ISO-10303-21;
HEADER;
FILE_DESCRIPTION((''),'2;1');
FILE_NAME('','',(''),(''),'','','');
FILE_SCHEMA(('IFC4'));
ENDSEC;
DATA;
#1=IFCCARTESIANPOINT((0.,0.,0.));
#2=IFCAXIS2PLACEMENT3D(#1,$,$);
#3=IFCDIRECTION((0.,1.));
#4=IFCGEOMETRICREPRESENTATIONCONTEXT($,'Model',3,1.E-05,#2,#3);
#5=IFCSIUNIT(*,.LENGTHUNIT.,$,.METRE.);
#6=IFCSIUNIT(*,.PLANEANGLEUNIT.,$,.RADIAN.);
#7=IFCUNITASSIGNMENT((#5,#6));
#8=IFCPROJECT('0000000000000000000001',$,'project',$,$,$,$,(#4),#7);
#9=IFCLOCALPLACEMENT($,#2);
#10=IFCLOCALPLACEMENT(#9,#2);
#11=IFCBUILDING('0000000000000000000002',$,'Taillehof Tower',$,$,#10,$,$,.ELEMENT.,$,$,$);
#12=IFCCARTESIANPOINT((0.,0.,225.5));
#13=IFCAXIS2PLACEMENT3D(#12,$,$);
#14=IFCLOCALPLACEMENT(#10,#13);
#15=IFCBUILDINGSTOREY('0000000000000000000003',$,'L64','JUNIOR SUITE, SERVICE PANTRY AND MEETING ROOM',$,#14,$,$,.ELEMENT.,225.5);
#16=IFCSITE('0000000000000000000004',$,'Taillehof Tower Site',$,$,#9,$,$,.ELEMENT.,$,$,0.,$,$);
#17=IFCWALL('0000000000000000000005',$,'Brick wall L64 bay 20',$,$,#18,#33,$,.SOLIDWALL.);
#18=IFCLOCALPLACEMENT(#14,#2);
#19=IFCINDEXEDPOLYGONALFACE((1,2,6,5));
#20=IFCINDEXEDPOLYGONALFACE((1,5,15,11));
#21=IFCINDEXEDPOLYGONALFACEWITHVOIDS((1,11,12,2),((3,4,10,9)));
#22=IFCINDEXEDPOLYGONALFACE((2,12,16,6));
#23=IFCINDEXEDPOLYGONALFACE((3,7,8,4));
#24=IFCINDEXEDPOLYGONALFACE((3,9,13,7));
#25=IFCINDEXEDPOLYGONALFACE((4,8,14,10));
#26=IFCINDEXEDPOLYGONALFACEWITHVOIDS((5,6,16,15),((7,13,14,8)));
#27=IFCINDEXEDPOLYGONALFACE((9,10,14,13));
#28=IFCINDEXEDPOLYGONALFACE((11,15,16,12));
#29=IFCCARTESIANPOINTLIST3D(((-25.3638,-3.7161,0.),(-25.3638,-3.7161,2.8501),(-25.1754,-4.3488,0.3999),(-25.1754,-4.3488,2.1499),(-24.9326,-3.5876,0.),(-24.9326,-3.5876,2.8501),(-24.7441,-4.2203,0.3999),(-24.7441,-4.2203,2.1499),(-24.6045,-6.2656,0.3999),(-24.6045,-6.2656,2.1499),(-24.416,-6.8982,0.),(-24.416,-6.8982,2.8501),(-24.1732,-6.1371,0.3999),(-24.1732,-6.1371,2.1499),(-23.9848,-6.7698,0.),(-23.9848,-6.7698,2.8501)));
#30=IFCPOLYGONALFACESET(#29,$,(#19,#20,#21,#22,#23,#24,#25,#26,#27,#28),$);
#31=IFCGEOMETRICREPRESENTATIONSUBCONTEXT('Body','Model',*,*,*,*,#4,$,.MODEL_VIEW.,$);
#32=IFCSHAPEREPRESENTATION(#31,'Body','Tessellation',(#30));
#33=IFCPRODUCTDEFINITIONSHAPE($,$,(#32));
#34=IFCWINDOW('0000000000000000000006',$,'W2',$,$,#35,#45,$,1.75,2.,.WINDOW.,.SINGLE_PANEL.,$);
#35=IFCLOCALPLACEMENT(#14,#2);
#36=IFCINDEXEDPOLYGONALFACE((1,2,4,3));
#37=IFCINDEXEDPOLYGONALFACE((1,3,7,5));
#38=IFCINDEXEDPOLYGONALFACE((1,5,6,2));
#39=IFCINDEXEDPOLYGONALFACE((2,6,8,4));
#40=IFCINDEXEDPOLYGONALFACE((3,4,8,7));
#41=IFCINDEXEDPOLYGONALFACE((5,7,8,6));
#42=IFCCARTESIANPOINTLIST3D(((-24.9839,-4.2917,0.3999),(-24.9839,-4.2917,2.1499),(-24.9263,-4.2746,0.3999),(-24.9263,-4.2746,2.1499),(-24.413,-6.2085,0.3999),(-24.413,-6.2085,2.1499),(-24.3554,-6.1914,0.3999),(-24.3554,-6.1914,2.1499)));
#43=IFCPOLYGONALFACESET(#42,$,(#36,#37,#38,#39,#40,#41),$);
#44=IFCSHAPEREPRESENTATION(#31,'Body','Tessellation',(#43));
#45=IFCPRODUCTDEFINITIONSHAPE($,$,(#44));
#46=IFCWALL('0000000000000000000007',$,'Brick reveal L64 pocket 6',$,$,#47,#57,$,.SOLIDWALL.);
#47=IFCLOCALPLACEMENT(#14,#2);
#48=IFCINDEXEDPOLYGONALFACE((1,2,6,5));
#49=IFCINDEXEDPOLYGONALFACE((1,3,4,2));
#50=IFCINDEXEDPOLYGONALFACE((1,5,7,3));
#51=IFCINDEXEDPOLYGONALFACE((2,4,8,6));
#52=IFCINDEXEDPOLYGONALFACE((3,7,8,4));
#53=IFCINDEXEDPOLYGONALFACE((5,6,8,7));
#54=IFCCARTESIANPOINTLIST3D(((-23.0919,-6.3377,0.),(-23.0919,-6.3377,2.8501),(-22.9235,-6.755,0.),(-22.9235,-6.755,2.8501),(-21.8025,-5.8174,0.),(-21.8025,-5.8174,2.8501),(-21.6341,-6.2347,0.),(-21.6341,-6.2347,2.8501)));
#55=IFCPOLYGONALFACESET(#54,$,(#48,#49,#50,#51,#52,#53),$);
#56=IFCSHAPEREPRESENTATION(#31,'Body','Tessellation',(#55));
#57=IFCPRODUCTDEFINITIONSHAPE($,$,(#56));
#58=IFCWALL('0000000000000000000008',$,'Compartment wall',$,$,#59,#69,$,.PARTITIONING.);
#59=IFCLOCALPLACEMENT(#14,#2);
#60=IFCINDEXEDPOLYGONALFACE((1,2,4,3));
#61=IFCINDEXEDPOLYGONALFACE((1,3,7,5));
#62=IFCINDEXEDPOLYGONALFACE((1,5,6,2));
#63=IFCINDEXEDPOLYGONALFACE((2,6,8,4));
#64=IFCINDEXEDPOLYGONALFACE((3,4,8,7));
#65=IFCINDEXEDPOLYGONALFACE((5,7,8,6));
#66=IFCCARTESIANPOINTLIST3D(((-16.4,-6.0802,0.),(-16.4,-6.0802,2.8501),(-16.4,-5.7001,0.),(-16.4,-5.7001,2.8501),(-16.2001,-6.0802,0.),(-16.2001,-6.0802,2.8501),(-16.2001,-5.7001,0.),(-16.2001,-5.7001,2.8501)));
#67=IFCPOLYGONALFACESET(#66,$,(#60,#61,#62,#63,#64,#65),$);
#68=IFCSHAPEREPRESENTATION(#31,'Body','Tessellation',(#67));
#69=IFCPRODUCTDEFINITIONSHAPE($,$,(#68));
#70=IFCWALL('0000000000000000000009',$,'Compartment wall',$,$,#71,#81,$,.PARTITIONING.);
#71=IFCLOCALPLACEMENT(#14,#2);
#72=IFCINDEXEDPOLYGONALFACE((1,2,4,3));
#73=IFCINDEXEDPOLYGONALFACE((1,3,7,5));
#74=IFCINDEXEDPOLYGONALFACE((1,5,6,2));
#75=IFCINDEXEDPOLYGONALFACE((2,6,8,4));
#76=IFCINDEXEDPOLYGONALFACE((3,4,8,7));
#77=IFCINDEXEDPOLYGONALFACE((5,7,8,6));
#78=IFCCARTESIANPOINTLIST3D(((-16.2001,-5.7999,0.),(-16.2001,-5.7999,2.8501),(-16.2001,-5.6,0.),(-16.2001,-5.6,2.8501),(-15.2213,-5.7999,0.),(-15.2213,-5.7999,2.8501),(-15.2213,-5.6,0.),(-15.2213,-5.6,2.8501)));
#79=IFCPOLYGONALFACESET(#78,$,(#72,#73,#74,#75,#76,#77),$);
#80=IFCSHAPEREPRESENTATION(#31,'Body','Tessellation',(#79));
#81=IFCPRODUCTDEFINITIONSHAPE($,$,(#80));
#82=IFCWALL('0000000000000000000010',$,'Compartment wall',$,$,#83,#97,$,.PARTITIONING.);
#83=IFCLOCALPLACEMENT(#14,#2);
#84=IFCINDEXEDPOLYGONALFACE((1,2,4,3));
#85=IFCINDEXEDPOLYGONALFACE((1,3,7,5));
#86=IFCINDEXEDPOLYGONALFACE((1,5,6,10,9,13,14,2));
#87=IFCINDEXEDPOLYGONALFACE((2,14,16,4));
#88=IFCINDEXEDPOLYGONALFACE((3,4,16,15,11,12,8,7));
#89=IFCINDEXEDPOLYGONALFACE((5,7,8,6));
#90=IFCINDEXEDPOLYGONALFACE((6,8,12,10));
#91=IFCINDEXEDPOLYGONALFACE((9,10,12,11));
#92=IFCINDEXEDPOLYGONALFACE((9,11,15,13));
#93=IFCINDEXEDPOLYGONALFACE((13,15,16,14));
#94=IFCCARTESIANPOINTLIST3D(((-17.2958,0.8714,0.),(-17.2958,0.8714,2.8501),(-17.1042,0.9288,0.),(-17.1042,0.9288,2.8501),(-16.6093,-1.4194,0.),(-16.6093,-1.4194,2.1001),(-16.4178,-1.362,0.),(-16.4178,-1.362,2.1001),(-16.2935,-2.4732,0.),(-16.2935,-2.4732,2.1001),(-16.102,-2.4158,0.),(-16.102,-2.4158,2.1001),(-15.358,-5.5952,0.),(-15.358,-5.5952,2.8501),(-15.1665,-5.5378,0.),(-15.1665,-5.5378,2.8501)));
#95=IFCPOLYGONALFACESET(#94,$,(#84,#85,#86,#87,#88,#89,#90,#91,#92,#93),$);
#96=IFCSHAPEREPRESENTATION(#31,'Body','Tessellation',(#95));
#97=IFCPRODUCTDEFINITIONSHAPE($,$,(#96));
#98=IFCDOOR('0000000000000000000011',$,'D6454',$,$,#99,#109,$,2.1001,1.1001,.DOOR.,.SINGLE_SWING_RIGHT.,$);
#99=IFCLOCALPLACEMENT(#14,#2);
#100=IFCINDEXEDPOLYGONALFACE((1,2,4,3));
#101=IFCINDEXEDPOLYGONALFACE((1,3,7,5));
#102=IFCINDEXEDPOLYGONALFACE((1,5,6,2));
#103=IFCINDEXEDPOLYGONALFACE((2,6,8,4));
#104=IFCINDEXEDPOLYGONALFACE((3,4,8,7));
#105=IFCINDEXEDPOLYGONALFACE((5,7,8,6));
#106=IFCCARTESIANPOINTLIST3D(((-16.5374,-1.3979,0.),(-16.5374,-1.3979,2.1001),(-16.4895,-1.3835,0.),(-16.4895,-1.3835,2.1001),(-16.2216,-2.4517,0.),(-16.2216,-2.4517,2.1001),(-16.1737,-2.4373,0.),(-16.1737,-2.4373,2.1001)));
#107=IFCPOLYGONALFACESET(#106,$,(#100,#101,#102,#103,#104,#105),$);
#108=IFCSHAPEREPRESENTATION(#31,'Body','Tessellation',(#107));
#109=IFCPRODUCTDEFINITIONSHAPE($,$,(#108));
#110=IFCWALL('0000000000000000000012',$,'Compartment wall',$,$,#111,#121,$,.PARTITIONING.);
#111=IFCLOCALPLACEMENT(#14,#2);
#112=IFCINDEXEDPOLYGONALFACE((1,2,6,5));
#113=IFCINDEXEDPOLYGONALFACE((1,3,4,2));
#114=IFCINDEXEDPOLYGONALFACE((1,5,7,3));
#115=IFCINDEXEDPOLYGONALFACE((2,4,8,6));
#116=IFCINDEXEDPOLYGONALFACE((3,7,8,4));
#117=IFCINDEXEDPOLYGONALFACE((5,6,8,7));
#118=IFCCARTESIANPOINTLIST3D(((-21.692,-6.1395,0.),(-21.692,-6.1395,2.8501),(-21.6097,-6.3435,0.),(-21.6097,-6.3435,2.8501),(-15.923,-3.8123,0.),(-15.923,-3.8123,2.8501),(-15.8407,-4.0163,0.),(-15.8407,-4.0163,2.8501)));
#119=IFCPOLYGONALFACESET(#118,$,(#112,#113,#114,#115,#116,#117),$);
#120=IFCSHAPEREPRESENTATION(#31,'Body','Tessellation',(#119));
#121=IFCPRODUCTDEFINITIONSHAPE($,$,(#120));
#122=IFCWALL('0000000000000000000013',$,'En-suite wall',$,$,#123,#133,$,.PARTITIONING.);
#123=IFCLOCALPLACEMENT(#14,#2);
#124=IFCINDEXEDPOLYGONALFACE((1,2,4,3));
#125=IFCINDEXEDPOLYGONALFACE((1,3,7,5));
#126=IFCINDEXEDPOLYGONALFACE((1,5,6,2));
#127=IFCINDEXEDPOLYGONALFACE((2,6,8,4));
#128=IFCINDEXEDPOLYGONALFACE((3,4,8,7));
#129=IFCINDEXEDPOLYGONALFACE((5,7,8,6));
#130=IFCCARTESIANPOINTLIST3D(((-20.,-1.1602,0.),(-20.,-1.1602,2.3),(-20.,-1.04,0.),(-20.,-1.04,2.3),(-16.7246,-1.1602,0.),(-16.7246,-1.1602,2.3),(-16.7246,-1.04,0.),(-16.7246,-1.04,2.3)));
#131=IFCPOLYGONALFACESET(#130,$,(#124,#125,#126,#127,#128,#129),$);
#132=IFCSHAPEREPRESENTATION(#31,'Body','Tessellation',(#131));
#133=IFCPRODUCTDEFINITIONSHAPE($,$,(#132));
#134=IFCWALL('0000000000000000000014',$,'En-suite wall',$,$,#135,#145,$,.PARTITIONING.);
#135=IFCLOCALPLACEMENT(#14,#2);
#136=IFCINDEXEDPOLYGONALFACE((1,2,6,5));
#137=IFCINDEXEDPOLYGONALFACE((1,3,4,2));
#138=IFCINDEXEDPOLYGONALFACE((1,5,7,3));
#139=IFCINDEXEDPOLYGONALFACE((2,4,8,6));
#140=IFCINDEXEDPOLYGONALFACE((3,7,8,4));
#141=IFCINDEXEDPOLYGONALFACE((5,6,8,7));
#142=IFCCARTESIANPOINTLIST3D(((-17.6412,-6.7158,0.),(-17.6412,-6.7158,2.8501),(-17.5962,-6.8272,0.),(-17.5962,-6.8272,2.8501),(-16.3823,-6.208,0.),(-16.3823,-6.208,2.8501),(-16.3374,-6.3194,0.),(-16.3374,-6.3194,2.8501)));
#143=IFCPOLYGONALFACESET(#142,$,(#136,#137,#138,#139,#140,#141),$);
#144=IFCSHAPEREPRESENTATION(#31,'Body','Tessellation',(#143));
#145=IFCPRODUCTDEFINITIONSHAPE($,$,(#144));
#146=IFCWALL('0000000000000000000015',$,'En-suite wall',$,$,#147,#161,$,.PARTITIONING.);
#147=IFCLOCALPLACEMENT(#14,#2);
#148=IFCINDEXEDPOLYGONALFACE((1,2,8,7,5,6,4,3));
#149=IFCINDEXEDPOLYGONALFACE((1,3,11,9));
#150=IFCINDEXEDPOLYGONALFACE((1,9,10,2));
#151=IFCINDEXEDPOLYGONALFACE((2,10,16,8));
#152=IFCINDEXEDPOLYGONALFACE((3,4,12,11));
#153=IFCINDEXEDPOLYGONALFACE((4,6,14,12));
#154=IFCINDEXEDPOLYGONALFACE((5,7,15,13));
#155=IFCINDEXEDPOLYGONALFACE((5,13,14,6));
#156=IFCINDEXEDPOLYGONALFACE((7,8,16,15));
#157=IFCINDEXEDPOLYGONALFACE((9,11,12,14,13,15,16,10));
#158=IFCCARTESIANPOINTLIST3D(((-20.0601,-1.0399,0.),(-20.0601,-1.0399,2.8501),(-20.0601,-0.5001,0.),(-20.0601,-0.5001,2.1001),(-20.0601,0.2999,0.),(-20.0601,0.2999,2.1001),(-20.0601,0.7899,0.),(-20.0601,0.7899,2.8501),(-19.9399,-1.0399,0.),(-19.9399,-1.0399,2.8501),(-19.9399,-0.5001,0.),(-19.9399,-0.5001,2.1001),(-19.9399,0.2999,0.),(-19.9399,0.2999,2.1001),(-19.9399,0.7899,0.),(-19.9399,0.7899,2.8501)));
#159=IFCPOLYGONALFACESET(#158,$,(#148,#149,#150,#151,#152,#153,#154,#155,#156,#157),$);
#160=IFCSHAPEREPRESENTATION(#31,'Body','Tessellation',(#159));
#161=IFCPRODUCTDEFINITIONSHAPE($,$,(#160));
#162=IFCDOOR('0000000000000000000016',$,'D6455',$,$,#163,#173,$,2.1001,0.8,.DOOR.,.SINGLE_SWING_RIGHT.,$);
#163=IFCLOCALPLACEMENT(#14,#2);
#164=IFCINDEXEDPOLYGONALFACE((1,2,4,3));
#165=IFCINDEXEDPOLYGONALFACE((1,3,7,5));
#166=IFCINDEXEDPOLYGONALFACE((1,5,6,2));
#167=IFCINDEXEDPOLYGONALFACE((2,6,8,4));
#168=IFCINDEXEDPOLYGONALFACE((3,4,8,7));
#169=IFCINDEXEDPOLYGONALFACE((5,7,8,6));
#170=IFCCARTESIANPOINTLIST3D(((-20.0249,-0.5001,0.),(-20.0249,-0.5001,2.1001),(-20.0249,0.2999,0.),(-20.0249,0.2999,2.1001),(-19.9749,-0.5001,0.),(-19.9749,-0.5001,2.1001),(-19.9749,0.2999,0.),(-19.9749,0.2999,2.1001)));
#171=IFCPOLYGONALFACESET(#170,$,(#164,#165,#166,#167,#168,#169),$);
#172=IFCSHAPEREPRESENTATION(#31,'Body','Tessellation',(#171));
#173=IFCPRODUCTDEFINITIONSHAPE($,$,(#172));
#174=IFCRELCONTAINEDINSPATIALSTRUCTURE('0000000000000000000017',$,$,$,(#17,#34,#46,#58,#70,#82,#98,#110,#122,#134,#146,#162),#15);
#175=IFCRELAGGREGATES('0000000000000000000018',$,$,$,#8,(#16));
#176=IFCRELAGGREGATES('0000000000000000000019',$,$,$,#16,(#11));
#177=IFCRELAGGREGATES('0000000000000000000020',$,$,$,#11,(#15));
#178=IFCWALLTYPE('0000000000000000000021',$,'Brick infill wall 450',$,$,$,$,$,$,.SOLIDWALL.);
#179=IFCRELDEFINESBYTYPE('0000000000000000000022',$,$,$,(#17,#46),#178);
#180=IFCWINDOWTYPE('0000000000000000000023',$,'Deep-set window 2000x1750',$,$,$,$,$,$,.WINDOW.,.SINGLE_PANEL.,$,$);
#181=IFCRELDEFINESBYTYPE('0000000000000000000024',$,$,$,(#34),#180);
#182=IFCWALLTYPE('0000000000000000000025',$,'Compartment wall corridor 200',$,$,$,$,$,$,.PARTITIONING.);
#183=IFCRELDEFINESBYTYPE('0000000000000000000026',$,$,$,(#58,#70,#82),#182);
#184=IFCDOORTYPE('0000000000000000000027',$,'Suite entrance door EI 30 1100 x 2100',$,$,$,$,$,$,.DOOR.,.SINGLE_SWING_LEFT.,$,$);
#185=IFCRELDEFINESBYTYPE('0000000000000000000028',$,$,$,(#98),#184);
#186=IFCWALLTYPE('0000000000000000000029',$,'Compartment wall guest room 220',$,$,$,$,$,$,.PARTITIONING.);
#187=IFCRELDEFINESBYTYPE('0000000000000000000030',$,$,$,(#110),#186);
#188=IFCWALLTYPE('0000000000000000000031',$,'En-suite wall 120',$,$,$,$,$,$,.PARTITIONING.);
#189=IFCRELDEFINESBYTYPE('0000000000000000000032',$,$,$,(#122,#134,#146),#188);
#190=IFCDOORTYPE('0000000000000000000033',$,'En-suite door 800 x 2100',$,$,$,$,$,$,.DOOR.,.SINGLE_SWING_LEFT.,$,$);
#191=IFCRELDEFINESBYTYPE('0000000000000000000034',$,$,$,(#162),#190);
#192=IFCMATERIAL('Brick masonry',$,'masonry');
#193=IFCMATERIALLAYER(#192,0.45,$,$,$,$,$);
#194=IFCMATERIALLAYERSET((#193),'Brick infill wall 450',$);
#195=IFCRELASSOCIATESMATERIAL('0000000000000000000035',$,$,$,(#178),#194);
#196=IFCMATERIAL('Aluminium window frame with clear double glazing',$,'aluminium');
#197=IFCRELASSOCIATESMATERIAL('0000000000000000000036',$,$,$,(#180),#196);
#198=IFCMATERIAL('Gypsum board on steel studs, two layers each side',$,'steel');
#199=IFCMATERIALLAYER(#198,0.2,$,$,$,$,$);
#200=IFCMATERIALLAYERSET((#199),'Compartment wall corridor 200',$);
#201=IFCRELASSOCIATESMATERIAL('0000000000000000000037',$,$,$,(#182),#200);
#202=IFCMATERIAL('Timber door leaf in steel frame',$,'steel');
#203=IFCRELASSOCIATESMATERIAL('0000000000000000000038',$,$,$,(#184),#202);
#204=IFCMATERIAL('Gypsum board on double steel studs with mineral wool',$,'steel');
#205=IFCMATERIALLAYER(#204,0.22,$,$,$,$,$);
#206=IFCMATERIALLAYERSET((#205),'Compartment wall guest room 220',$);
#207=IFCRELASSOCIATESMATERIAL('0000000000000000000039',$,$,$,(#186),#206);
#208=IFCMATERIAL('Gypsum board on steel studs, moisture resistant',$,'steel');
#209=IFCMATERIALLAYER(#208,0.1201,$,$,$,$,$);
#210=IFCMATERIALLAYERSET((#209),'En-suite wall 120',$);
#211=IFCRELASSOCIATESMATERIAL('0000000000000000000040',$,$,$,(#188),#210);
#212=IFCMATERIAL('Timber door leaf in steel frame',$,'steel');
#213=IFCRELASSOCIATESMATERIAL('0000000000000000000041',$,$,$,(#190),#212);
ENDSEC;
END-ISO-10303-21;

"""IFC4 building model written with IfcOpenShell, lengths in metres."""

from ifc_helpers import new_model, si_unit, direction, frame, frame_2d, origin, place, context, subcontext, project, spatial, rectangle, extrude, material, layer, layer_set, type_object, element, fill, save


model = new_model("IFC4")

# Units and contexts
model_context = context("Model", 3, precision=1e-05, world=origin(), true_north=direction((0.0, 1.0)))
body_context = subcontext(model_context, "Body", "Model", "MODEL_VIEW")
ifc_project = project(units=[si_unit("LENGTHUNIT", "METRE"), si_unit("PLANEANGLEUNIT", "RADIAN")], contexts=[model_context])

# Site, building, storey
site_placement = place(None, origin())
site = spatial("IfcSite", under=ifc_project, at=site_placement, Name="Taillehof Tower Site", CompositionType="ELEMENT", RefElevation=0.0)
building_placement = place(site_placement, origin())
building = spatial("IfcBuilding", under=site, at=building_placement, Name="Taillehof Tower", CompositionType="ELEMENT")
storey_placement = place(building_placement, frame((0.0, 0.0, 225.5)))
storey = spatial("IfcBuildingStorey", under=building, at=storey_placement, Name="L64", Description="JUNIOR SUITE, SERVICE PANTRY AND MEETING ROOM", CompositionType="ELEMENT", Elevation=225.5)

# Wall, opening, window
ifc_material_1 = material(Name="Brick masonry", Category="masonry")
ifc_layer_1 = layer(ifc_material_1, 0.45)
ifc_layer_set_1 = layer_set([ifc_layer_1], Name="Brick infill wall 450")
wall_type_1 = type_object("IfcWallType", Name="Brick infill wall 450", PredefinedType="SOLIDWALL", material=ifc_layer_set_1)
ifc_material_2 = material(Name="Aluminium window frame with clear double glazing", Category="aluminium")
window_type_1 = type_object("IfcWindowType", Name="Deep-set window 2000x1750", PartitioningType="SINGLE_PANEL", PredefinedType="WINDOW", material=ifc_material_2)
wall_1_placement = place(storey_placement, frame((-25.1482, -3.6519, 0.0), z_axis=(0.0, 0.0, 1.0), x_axis=(0.285445, -0.958395, 0.0)))
wall_1 = element("IfcWall", 1, at=wall_1_placement, inside=storey, type_object=wall_type_1, Name="Brick wall L64 bay 20", PredefinedType="SOLIDWALL", context=body_context, shape_type="SweptSolid", body=[
    extrude(rectangle(XDim=3.3203, YDim=0.45, at=frame_2d((1.6602, 0.0))), origin(), (0.0, 0.0, 1.0), 2.8501),
])
opening_1_placement = place(wall_1_placement, frame((0.6602, 0.0, 0.3999)))
opening_1 = element("IfcOpeningElement", 2, at=opening_1_placement, cuts=wall_1, PredefinedType="OPENING", context=body_context, shape_type="SweptSolid", body=[
    extrude(rectangle(XDim=2.0, YDim=1.75, at=frame_2d((1.0, 0.875))), frame((0.0, 0.2349, 0.0), z_axis=(0.0, -1.0, 0.0), x_axis=(1.0, 0.0, 0.0)), (0.0, 0.0, 1.0), 0.47),
])
window_1_placement = place(opening_1_placement, origin())
window_1 = element("IfcWindow", 3, at=window_1_placement, inside=storey, type_object=window_type_1, Name="W2", OverallHeight=1.75, OverallWidth=2.0, PartitioningType="SINGLE_PANEL", PredefinedType="WINDOW", context=body_context, shape_type="SweptSolid", body=[
    extrude(rectangle(XDim=2.0, YDim=1.75, at=frame_2d((1.0, 0.875))), frame((0.0, 0.0349, 0.0), z_axis=(0.0, -1.0, 0.0), x_axis=(1.0, 0.0, 0.0)), (0.0, 0.0, 1.0), 0.0601),
])
fill(opening_1, window_1)

# Wall
wall_2_placement = place(storey_placement, frame((-23.0078, -6.5464, 0.0), z_axis=(0.0, 0.0, 1.0), x_axis=(0.927346, 0.374205, 0.0)))
element("IfcWall", 4, at=wall_2_placement, inside=storey, type_object=wall_type_1, Name="Brick reveal L64 pocket 6", PredefinedType="SOLIDWALL", context=body_context, shape_type="SweptSolid", body=[
    extrude(rectangle(XDim=1.3904, YDim=0.45, at=frame_2d((0.6953, 0.0))), origin(), (0.0, 0.0, 1.0), 2.8501),
])

# Walls
ifc_material_3 = material(Name="Gypsum board on steel studs, two layers each side", Category="steel")
ifc_layer_2 = layer(ifc_material_3, 0.2)
ifc_layer_set_2 = layer_set([ifc_layer_2], Name="Compartment wall corridor 200")
wall_type_2 = type_object("IfcWallType", Name="Compartment wall corridor 200", PredefinedType="PARTITIONING", material=ifc_layer_set_2)
wall_3_placement = place(storey_placement, frame((-16.3, -6.0801, 0.0), z_axis=(0.0, 0.0, 1.0), x_axis=(0.0, 1.0, 0.0)))
element("IfcWall", 5, at=wall_3_placement, inside=storey, type_object=wall_type_2, Name="Compartment wall", PredefinedType="PARTITIONING", context=body_context, shape_type="SweptSolid", body=[
    extrude(rectangle(XDim=0.3801, YDim=0.2, at=frame_2d((0.1899, 0.0))), origin(), (0.0, 0.0, 1.0), 2.8501),
])
wall_4_placement = place(storey_placement, frame((-16.2, -5.7, 0.0), z_axis=(0.0, 0.0, 1.0), x_axis=(1.0, 0.0, 0.0)))
element("IfcWall", 6, at=wall_4_placement, inside=storey, type_object=wall_type_2, Name="Compartment wall", PredefinedType="PARTITIONING", context=body_context, shape_type="SweptSolid", body=[
    extrude(rectangle(XDim=0.9788, YDim=0.2, at=frame_2d((0.4893, 0.0))), origin(), (0.0, 0.0, 1.0), 2.8501),
])

# Wall, opening, door
wall_5_placement = place(storey_placement, frame((-15.2622, -5.5667, 0.0), z_axis=(0.0, 0.0, 1.0), x_axis=(-0.287046, 0.957917, 0.0)))
wall_5 = element("IfcWall", 7, at=wall_5_placement, inside=storey, type_object=wall_type_2, Name="Compartment wall", PredefinedType="PARTITIONING", context=body_context, shape_type="SweptSolid", body=[
    extrude(rectangle(XDim=6.7507, YDim=0.2, at=frame_2d((3.3755, 0.0))), origin(), (0.0, 0.0, 1.0), 2.8501),
])
opening_2_placement = place(wall_5_placement, frame((3.2593, 0.0, 0.0)))
opening_2 = element("IfcOpeningElement", 8, at=opening_2_placement, cuts=wall_5, PredefinedType="OPENING", context=body_context, shape_type="SweptSolid", body=[
    extrude(rectangle(XDim=1.1001, YDim=2.1001, at=frame_2d((0.55, 1.05))), frame((0.0, 0.1099, 0.0), z_axis=(0.0, -1.0, 0.0), x_axis=(1.0, 0.0, 0.0)), (0.0, 0.0, 1.0), 0.22),
])
ifc_material_4 = material(Name="Timber door leaf in steel frame", Category="steel")
door_type_1 = type_object("IfcDoorType", Name="Suite entrance door EI 30 1100 x 2100", OperationType="SINGLE_SWING_LEFT", PredefinedType="DOOR", material=ifc_material_4)
door_1_placement = place(opening_2_placement, origin())
door_1 = element("IfcDoor", 9, at=door_1_placement, inside=storey, type_object=door_type_1, Name="D6454", OperationType="SINGLE_SWING_RIGHT", OverallHeight=2.1001, OverallWidth=1.1001, PredefinedType="DOOR", context=body_context, shape_type="SweptSolid", body=[
    extrude(rectangle(XDim=1.1001, YDim=2.1001, at=frame_2d((0.55, 1.05))), frame((0.0, 0.0249, 0.0), z_axis=(0.0, -1.0, 0.0), x_axis=(1.0, 0.0, 0.0)), (0.0, 0.0, 1.0), 0.05),
])
fill(opening_2, door_1)

# Walls
ifc_material_5 = material(Name="Gypsum board on double steel studs with mineral wool", Category="steel")
ifc_layer_3 = layer(ifc_material_5, 0.22)
ifc_layer_set_3 = layer_set([ifc_layer_3], Name="Compartment wall guest room 220")
wall_type_3 = type_object("IfcWallType", Name="Compartment wall guest room 220", PredefinedType="PARTITIONING", material=ifc_layer_set_3)
wall_6_placement = place(storey_placement, frame((-21.6509, -6.2415, 0.0), z_axis=(0.0, 0.0, 1.0), x_axis=(0.92739, 0.374096, 0.0)))
element("IfcWall", 10, at=wall_6_placement, inside=storey, type_object=wall_type_3, Name="Compartment wall", PredefinedType="PARTITIONING", context=body_context, shape_type="SweptSolid", body=[
    extrude(rectangle(XDim=6.2207, YDim=0.22, at=frame_2d((3.1104, 0.0))), origin(), (0.0, 0.0, 1.0), 2.8501),
])
ifc_material_6 = material(Name="Gypsum board on steel studs, moisture resistant", Category="steel")
ifc_layer_4 = layer(ifc_material_6, 0.1201)
ifc_layer_set_4 = layer_set([ifc_layer_4], Name="En-suite wall 120")
wall_type_4 = type_object("IfcWallType", Name="En-suite wall 120", PredefinedType="PARTITIONING", material=ifc_layer_set_4)
wall_7_placement = place(storey_placement, frame((-16.7246, -1.1001, 0.0), z_axis=(0.0, 0.0, 1.0), x_axis=(-1.0, 0.0, 0.0)))
element("IfcWall", 11, at=wall_7_placement, inside=storey, type_object=wall_type_4, Name="En-suite wall", PredefinedType="PARTITIONING", context=body_context, shape_type="SweptSolid", body=[
    extrude(rectangle(XDim=3.2754, YDim=0.1201, at=frame_2d((1.6377, 0.0))), origin(), (0.0, 0.0, 1.0), 2.3),
])
wall_8_placement = place(storey_placement, frame((-16.3599, -6.2637, 0.0), z_axis=(0.0, 0.0, 1.0), x_axis=(-0.927381, -0.374118, 0.0)))
element("IfcWall", 12, at=wall_8_placement, inside=storey, type_object=wall_type_4, Name="En-suite wall", PredefinedType="PARTITIONING", context=body_context, shape_type="SweptSolid", body=[
    extrude(rectangle(XDim=1.3574, YDim=0.1201, at=frame_2d((0.6787, 0.0))), origin(), (0.0, 0.0, 1.0), 2.8501),
])

# Wall, opening, door
wall_9_placement = place(storey_placement, frame((-20.0, -1.04, 0.0), z_axis=(0.0, 0.0, 1.0), x_axis=(0.0, 1.0, 0.0)))
wall_9 = element("IfcWall", 13, at=wall_9_placement, inside=storey, type_object=wall_type_4, Name="En-suite wall", PredefinedType="PARTITIONING", context=body_context, shape_type="SweptSolid", body=[
    extrude(rectangle(XDim=1.8298, YDim=0.1201, at=frame_2d((0.915, 0.0))), origin(), (0.0, 0.0, 1.0), 2.8501),
])
opening_3_placement = place(wall_9_placement, frame((0.54, 0.0, 0.0)))
opening_3 = element("IfcOpeningElement", 14, at=opening_3_placement, cuts=wall_9, PredefinedType="OPENING", context=body_context, shape_type="SweptSolid", body=[
    extrude(rectangle(XDim=0.8, YDim=2.1001, at=frame_2d((0.3999, 1.05))), frame((0.0, 0.0701, 0.0), z_axis=(0.0, -1.0, 0.0), x_axis=(1.0, 0.0, 0.0)), (0.0, 0.0, 1.0), 0.1401),
])
ifc_material_7 = material(Name="Timber door leaf in steel frame", Category="steel")
door_type_2 = type_object("IfcDoorType", Name="En-suite door 800 x 2100", OperationType="SINGLE_SWING_LEFT", PredefinedType="DOOR", material=ifc_material_7)
door_2_placement = place(opening_3_placement, origin())
door_2 = element("IfcDoor", 15, at=door_2_placement, inside=storey, type_object=door_type_2, Name="D6455", OperationType="SINGLE_SWING_RIGHT", OverallHeight=2.1001, OverallWidth=0.8, PredefinedType="DOOR", context=body_context, shape_type="SweptSolid", body=[
    extrude(rectangle(XDim=0.8, YDim=2.1001, at=frame_2d((0.3999, 1.05))), frame((0.0, 0.0249, 0.0), z_axis=(0.0, -1.0, 0.0), x_axis=(1.0, 0.0, 0.0)), (0.0, 0.0, 1.0), 0.05),
])
fill(opening_3, door_2)

save(model, "model.ifc")
